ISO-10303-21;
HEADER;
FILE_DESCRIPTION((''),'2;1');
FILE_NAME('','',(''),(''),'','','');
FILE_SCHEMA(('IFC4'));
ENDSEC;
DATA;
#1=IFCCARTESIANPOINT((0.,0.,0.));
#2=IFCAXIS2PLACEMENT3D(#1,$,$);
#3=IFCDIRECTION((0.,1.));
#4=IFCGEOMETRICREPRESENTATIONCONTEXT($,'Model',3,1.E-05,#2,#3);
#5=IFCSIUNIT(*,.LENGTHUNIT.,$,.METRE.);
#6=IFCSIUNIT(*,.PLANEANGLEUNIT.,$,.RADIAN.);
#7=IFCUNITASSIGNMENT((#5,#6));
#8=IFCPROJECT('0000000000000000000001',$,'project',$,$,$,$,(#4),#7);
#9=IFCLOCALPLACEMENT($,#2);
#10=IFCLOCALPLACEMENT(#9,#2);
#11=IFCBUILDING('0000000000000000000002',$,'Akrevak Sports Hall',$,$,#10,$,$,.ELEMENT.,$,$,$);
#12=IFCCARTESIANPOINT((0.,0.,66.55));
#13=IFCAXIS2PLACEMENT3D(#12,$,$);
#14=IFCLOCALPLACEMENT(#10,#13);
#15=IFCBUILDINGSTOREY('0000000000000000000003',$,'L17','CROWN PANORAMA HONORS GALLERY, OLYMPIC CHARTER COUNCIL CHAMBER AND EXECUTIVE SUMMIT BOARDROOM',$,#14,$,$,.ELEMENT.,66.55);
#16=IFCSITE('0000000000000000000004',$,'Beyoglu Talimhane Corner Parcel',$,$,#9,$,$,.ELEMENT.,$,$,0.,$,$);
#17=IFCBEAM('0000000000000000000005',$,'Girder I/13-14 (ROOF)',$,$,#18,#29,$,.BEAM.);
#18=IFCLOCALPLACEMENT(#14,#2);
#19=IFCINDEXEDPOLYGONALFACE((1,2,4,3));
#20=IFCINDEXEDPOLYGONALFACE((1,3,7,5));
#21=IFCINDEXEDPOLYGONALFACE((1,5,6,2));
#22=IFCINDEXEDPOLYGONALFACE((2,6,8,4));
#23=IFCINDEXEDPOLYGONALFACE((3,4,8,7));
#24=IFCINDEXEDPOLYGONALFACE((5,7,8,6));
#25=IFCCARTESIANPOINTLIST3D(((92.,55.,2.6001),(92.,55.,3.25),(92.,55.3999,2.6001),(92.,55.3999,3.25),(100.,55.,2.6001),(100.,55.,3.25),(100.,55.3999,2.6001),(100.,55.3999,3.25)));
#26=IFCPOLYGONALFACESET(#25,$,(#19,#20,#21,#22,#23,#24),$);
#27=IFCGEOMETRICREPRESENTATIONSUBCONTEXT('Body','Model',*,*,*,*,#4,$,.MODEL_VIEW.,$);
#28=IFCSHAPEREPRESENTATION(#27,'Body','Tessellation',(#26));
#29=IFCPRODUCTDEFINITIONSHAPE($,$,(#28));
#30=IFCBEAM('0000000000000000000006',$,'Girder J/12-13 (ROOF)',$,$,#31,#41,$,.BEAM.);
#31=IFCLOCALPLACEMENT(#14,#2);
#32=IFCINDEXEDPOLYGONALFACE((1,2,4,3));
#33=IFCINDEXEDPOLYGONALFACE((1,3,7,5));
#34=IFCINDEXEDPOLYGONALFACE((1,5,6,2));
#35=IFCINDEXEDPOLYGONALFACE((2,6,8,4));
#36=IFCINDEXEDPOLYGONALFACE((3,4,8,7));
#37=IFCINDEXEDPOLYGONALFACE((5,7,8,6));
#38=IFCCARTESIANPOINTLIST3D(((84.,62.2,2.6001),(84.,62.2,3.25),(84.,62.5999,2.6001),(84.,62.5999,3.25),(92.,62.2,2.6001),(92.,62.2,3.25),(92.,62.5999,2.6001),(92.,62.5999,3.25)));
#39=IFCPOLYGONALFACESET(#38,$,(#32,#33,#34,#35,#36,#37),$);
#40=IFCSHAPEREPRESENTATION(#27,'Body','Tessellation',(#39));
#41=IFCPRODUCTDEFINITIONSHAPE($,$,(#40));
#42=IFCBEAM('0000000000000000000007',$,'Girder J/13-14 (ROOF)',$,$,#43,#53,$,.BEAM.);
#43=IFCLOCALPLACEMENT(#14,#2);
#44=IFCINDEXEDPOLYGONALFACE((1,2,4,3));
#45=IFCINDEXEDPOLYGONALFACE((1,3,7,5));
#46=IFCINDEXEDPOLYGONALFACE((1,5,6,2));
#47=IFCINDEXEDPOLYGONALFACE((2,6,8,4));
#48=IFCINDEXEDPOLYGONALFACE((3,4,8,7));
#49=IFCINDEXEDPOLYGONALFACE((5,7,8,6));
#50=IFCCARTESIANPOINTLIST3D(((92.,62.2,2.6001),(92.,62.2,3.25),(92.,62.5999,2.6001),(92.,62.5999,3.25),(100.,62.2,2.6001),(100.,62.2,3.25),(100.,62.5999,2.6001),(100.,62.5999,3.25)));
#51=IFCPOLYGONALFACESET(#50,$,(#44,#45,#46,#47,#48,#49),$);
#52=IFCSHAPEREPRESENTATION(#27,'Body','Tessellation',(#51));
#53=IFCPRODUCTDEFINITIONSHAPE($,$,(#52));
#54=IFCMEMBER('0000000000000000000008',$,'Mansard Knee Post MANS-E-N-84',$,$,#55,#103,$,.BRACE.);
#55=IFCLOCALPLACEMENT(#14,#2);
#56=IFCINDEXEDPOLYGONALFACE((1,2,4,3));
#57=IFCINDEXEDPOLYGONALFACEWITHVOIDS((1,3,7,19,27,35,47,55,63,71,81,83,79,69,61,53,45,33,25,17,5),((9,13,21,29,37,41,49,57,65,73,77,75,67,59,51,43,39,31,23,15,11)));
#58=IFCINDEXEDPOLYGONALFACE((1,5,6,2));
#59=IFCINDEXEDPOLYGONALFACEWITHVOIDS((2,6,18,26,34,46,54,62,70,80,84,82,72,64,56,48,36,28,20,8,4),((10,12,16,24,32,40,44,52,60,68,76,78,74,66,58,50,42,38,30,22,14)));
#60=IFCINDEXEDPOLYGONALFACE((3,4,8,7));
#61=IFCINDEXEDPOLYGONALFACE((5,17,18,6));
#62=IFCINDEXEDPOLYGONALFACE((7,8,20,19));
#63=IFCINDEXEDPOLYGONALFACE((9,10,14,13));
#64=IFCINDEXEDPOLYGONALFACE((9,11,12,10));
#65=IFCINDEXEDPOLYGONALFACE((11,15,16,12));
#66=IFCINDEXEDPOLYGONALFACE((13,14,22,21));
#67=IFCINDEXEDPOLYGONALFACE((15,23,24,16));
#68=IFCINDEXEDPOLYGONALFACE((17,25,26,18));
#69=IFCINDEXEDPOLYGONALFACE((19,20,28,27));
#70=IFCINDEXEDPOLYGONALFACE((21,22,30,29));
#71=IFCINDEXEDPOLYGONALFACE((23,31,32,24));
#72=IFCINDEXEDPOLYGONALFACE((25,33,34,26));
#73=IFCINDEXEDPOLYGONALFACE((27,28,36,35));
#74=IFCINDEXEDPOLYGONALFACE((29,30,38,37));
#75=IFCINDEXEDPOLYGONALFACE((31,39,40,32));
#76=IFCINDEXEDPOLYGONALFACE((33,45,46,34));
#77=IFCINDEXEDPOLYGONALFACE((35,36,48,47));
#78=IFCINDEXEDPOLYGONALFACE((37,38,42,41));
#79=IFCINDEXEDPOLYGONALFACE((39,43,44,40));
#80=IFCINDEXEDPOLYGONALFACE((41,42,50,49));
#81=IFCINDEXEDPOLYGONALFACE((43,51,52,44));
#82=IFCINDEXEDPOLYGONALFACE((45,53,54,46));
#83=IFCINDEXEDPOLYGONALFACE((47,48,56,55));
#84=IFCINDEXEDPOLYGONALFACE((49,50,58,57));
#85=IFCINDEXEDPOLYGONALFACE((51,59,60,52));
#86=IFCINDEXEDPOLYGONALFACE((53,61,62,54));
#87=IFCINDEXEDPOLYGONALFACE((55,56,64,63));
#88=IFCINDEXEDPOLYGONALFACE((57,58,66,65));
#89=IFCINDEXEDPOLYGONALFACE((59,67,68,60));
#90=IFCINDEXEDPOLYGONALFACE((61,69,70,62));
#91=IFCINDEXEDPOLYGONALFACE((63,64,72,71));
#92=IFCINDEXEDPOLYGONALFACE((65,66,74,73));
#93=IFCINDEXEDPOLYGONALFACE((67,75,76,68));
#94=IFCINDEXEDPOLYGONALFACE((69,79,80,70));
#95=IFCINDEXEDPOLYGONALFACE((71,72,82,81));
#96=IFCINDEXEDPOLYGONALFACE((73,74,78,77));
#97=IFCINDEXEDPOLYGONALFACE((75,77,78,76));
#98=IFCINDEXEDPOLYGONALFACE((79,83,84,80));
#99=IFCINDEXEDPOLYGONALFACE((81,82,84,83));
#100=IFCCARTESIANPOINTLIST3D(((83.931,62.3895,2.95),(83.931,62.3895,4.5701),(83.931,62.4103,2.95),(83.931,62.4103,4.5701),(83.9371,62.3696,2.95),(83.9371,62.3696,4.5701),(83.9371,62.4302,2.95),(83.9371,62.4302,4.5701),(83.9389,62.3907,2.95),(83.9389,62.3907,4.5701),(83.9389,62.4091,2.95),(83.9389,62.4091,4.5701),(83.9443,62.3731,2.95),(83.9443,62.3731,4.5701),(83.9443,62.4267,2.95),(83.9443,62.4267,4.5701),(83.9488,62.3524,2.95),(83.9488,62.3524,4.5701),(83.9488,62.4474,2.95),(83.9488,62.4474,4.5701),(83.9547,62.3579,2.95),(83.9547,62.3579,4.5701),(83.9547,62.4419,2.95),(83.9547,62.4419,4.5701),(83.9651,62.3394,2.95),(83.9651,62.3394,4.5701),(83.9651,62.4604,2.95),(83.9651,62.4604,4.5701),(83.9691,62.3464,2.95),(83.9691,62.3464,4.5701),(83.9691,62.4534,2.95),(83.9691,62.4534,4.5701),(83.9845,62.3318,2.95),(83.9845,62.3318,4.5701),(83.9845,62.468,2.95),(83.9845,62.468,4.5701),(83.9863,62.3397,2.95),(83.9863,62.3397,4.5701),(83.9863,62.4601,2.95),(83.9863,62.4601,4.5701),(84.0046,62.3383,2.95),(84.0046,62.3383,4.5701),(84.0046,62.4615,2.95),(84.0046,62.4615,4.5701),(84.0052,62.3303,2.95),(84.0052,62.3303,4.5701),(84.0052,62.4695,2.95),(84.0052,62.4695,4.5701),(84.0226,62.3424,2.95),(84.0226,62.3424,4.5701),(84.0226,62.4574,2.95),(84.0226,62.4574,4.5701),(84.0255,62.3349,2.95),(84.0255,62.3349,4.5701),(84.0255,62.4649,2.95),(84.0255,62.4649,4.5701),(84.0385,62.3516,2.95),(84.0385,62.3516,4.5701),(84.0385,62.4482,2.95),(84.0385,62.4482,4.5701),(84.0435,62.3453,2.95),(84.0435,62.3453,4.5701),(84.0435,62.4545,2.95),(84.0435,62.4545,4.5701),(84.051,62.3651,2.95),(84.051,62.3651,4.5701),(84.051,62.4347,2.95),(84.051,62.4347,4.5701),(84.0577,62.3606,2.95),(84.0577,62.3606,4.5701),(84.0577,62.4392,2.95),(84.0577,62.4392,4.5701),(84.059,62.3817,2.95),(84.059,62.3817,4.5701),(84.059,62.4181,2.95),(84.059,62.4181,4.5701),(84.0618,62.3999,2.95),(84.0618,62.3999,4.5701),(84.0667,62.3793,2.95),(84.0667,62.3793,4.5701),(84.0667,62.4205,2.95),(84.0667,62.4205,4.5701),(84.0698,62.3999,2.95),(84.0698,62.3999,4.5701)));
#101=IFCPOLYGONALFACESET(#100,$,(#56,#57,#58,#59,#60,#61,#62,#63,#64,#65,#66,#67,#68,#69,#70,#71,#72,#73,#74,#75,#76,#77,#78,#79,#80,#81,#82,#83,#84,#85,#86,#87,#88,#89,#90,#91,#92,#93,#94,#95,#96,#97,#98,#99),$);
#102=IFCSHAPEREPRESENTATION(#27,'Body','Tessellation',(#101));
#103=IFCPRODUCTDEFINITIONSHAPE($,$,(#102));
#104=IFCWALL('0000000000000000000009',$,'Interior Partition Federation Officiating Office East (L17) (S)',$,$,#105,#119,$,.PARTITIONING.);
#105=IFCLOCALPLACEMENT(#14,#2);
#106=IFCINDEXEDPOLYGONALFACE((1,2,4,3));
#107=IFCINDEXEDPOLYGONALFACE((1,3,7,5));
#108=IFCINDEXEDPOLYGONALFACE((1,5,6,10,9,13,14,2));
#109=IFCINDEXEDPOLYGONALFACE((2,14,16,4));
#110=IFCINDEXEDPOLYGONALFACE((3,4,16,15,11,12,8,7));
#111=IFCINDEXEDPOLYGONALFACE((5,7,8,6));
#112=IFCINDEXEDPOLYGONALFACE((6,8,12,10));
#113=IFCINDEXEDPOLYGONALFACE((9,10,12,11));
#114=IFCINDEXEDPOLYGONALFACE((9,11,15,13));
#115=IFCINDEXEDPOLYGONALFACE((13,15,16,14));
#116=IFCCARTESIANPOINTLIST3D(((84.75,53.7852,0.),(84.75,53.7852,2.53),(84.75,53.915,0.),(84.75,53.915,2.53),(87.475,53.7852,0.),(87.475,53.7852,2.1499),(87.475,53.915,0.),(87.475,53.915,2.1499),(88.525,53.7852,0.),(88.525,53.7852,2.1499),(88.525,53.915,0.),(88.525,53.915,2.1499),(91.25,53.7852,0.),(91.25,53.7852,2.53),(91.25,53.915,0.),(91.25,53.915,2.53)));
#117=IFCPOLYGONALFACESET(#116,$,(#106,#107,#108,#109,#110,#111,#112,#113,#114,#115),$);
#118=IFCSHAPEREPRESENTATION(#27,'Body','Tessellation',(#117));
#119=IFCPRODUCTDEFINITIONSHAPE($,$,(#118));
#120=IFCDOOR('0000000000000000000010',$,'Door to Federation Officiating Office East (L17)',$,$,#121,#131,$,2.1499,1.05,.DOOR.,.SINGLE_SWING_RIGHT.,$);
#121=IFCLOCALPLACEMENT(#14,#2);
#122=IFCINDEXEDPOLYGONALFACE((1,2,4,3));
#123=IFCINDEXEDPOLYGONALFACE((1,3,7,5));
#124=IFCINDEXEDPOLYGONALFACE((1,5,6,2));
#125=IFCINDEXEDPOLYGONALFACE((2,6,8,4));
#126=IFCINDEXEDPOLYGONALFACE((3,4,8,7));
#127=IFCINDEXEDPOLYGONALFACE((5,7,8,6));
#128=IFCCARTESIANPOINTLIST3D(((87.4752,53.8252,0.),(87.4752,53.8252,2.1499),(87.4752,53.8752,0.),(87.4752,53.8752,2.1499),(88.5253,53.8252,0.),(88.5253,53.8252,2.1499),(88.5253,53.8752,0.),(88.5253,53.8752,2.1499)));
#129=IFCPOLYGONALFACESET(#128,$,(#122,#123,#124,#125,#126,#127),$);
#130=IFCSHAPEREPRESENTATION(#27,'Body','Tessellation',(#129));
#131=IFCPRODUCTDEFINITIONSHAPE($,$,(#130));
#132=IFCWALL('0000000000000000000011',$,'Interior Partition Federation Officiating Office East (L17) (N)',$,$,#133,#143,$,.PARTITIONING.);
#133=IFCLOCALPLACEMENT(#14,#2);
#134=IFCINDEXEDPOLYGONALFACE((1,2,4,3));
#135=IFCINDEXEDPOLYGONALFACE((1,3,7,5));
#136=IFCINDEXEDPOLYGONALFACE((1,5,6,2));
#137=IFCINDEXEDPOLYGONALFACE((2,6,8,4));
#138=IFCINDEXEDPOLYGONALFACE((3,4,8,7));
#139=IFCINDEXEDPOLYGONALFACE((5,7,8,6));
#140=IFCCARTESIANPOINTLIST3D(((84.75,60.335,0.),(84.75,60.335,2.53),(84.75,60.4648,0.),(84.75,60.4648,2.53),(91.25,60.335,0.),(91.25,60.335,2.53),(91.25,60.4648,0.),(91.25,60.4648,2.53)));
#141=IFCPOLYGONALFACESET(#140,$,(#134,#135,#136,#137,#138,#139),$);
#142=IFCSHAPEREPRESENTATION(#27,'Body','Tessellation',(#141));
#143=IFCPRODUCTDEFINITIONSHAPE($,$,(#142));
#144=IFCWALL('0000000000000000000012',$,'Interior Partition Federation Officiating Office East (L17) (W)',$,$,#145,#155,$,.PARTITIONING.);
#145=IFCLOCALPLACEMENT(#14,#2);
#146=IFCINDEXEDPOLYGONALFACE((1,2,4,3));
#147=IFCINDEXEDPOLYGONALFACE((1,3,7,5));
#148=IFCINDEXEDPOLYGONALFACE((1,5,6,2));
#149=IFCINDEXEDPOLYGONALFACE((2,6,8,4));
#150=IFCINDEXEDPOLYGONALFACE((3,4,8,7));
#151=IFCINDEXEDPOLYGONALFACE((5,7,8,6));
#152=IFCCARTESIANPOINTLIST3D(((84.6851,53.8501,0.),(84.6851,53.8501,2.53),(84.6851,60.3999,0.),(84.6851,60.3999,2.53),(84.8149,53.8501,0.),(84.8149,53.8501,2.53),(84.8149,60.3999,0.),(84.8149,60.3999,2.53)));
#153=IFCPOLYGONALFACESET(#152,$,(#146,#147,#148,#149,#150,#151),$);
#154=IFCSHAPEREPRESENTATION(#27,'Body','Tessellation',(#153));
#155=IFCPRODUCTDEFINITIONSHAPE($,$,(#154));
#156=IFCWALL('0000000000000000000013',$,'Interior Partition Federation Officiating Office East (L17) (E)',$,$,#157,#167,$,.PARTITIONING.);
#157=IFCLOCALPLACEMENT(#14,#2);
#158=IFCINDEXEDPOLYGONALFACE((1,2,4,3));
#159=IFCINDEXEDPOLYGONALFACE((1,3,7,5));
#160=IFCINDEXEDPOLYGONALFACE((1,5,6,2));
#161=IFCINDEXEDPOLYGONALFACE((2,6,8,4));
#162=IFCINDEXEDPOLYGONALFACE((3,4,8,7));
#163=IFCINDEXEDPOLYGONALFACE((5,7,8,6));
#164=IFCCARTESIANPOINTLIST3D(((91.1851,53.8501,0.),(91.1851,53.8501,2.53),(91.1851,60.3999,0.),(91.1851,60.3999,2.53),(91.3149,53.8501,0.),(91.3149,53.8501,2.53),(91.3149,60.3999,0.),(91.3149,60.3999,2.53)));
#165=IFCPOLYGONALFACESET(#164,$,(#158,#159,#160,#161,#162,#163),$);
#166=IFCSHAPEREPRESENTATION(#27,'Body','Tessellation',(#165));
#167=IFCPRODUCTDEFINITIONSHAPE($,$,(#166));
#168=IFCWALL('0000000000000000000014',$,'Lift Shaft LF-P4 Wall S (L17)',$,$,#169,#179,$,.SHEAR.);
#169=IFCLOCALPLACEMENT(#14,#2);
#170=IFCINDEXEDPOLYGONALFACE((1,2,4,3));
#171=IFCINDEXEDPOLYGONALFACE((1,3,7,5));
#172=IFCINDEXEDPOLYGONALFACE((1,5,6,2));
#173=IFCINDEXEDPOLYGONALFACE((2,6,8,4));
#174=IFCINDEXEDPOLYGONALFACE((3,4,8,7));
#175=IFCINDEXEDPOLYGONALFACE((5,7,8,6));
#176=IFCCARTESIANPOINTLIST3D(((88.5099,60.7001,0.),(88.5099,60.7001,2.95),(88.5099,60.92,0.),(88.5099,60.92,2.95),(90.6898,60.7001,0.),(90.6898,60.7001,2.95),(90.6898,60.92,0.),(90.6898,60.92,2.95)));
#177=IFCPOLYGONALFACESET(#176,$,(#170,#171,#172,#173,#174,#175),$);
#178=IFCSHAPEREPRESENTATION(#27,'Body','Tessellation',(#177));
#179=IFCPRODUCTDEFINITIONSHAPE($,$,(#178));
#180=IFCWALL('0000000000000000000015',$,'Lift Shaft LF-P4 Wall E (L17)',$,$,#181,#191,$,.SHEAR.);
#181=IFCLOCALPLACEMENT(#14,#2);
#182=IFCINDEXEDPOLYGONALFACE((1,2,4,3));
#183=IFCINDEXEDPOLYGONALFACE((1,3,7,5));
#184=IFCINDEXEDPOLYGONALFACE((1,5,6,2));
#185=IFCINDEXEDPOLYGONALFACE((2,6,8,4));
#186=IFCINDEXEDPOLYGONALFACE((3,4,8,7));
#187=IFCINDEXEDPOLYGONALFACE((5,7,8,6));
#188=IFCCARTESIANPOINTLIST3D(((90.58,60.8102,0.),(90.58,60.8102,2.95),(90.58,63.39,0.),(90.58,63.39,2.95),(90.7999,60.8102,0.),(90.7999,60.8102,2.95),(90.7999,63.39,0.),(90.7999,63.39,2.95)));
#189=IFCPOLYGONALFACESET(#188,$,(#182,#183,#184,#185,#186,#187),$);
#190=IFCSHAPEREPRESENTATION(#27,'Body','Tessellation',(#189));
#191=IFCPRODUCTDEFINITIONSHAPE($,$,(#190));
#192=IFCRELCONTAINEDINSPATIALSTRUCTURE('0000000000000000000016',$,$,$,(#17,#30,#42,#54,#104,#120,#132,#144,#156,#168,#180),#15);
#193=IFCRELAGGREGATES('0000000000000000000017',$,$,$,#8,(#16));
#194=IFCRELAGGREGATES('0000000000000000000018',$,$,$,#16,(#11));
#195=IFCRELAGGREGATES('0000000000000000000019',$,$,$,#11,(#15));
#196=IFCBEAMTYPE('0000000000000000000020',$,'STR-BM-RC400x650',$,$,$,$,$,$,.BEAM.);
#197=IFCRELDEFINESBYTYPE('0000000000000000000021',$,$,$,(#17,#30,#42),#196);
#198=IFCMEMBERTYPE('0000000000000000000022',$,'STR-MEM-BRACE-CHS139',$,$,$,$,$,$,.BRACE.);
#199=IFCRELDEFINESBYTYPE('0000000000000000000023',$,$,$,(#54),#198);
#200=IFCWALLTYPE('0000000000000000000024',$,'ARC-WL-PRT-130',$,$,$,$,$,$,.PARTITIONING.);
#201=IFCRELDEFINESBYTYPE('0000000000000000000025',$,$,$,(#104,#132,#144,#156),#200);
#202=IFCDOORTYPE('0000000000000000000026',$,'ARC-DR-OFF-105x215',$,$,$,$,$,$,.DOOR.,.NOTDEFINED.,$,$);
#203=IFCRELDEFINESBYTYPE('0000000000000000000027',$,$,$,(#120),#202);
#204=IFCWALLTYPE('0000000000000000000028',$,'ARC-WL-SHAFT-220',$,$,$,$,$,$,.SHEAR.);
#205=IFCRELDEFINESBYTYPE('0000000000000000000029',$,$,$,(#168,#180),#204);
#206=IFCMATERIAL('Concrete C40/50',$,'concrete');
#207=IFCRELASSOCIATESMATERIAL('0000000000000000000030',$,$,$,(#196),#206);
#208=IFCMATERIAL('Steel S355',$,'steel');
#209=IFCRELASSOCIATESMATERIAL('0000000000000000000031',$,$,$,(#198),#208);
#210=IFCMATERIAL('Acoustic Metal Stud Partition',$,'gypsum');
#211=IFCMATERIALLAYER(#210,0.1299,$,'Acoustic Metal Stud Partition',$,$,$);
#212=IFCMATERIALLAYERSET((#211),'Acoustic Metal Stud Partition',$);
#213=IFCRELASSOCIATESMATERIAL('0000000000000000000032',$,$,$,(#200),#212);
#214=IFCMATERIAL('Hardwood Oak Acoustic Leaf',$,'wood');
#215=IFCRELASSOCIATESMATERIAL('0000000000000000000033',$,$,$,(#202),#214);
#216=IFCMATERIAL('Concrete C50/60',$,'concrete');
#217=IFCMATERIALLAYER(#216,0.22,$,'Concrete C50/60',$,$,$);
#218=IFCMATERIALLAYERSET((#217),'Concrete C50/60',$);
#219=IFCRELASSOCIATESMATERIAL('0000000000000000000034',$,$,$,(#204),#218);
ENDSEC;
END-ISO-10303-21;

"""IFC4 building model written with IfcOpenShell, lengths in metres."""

from ifc_helpers import new_model, si_unit, direction, frame, frame_2d, origin, origin_2d, place, context, subcontext, project, spatial, rectangle, hollow_circle, extrude, material, layer, layer_set, material_profile, profile_set, type_object, element, fill, save


model = new_model("IFC4")

# Units and contexts
model_context = context("Model", 3, precision=1e-05, world=origin(), true_north=direction((0.0, 1.0)))
body_context = subcontext(model_context, "Body", "Model", "MODEL_VIEW")
ifc_project = project(units=[si_unit("LENGTHUNIT", "METRE"), si_unit("PLANEANGLEUNIT", "RADIAN")], contexts=[model_context])

# Site, building, storey
site_placement = place(None, origin())
site = spatial("IfcSite", under=ifc_project, at=site_placement, Name="Beyoglu Talimhane Corner Parcel", CompositionType="ELEMENT", RefElevation=0.0)
building_placement = place(site_placement, origin())
building = spatial("IfcBuilding", under=site, at=building_placement, Name="Akrevak Sports Hall", CompositionType="ELEMENT")
storey_placement = place(building_placement, frame((0.0, 0.0, 66.55)))
storey = spatial("IfcBuildingStorey", under=building, at=storey_placement, Name="L17", Description="CROWN PANORAMA HONORS GALLERY, OLYMPIC CHARTER COUNCIL CHAMBER AND EXECUTIVE SUMMIT BOARDROOM", CompositionType="ELEMENT", Elevation=66.55)

# Shared definitions
ifc_material_1 = material(Name="Concrete C40/50", Category="concrete")

# Beams
ifc_material_profile_1 = material_profile(ifc_material_1, rectangle(XDim=0.3999, YDim=0.6499, at=origin_2d()), Name="BM 400x650", Category="concrete")
ifc_profile_set_1 = profile_set([ifc_material_profile_1], Name="Concrete C40/50")
beam_type_1 = type_object("IfcBeamType", Name="STR-BM-RC400x650", PredefinedType="BEAM", material=ifc_profile_set_1)
for number, where, z_axis, x_axis, name in (
    (1, (92.0, 55.2, 2.925), (1.0, 0.0, 0.0), (0.0, 1.0, 0.0), "Girder I/13-14 (ROOF)"),
    (2, (84.0, 62.3999, 2.925), (1.0, 0.0, 0.0), (0.0, 1.0, 0.0), "Girder J/12-13 (ROOF)"),
    (3, (92.0, 62.3999, 2.925), (1.0, 0.0, 0.0), (0.0, 1.0, 0.0), "Girder J/13-14 (ROOF)"),
):
    element("IfcBeam", number, at=place(storey_placement, frame(where, z_axis=z_axis, x_axis=x_axis)), inside=storey, type_object=beam_type_1, Name=name, PredefinedType="BEAM", context=body_context, shape_type="SweptSolid", body=[
        extrude(rectangle(XDim=0.3999, YDim=0.6499, at=origin_2d()), origin(), (0.0, 0.0, 1.0), 8.0),
    ])

# Member
ifc_material_2 = material(Name="Steel S355", Category="steel")
ifc_material_profile_2 = material_profile(ifc_material_2, hollow_circle(Radius=0.0698, WallThickness=0.0081, at=origin_2d()), Name="CHS 139.7x8", Category="steel")
ifc_profile_set_2 = profile_set([ifc_material_profile_2], Name="Steel S355")
member_type = type_object("IfcMemberType", Name="STR-MEM-BRACE-CHS139", PredefinedType="BRACE", material=ifc_profile_set_2)
member_placement = place(storey_placement, frame((84.0, 62.3999, 2.95), z_axis=(0.0, 0.0, 1.0), x_axis=(1.0, 0.0, 0.0)))
element("IfcMember", 4, at=member_placement, inside=storey, type_object=member_type, Name="Mansard Knee Post MANS-E-N-84", PredefinedType="BRACE", context=body_context, shape_type="SweptSolid", body=[
    extrude(hollow_circle(Radius=0.0698, WallThickness=0.0081, at=origin_2d()), origin(), (0.0, 0.0, 1.0), 1.6201),
])

# Wall, opening, door
ifc_material_3 = material(Name="Acoustic Metal Stud Partition", Category="gypsum")
ifc_layer_1 = layer(ifc_material_3, 0.1299, Name="Acoustic Metal Stud Partition")
ifc_layer_set_1 = layer_set([ifc_layer_1], Name="Acoustic Metal Stud Partition")
wall_type_1 = type_object("IfcWallType", Name="ARC-WL-PRT-130", PredefinedType="PARTITIONING", material=ifc_layer_set_1)
wall_1_placement = place(storey_placement, frame((84.75, 53.8501, 0.0), z_axis=(0.0, 0.0, 1.0), x_axis=(1.0, 0.0, 0.0)))
wall_1 = element("IfcWall", 5, at=wall_1_placement, inside=storey, type_object=wall_type_1, Name="Interior Partition Federation Officiating Office East (L17) (S)", PredefinedType="PARTITIONING", context=body_context, shape_type="SweptSolid", body=[
    extrude(rectangle(XDim=6.5, YDim=0.1299, at=frame_2d((3.25, 0.0))), origin(), (0.0, 0.0, 1.0), 2.53),
])
opening_1_placement = place(wall_1_placement, frame((2.7251, 0.0, 0.0)))
opening_1 = element("IfcOpeningElement", 6, at=opening_1_placement, cuts=wall_1, PredefinedType="OPENING", context=body_context, shape_type="SweptSolid", body=[
    extrude(rectangle(XDim=1.05, YDim=2.1499, at=frame_2d((0.5249, 1.075))), frame((0.0, 0.0769, 0.0), z_axis=(0.0, -1.0, 0.0), x_axis=(1.0, 0.0, 0.0)), (0.0, 0.0, 1.0), 0.1538),
])
ifc_material_4 = material(Name="Hardwood Oak Acoustic Leaf", Category="wood")
door_type_1 = type_object("IfcDoorType", Name="ARC-DR-OFF-105x215", OperationType="NOTDEFINED", PredefinedType="DOOR", material=ifc_material_4)
door_1_placement = place(opening_1_placement, frame((1.05, 0.0, 0.0), z_axis=(0.0, 0.0, 1.0), x_axis=(-1.0, 0.0, 0.0)))
door_1 = element("IfcDoor", 7, at=door_1_placement, inside=storey, type_object=door_type_1, Name="Door to Federation Officiating Office East (L17)", OperationType="SINGLE_SWING_RIGHT", OverallHeight=2.1499, OverallWidth=1.05, PredefinedType="DOOR", context=body_context, shape_type="SweptSolid", body=[
    extrude(rectangle(XDim=1.05, YDim=2.1499, at=frame_2d((0.5249, 1.075))), frame((0.0, 0.0249, 0.0), z_axis=(0.0, -1.0, 0.0), x_axis=(1.0, 0.0, 0.0)), (0.0, 0.0, 1.0), 0.05),
])
fill(opening_1, door_1)

# Walls
wall_2_placement = place(storey_placement, frame((84.75, 60.3999, 0.0), z_axis=(0.0, 0.0, 1.0), x_axis=(1.0, 0.0, 0.0)))
element("IfcWall", 8, at=wall_2_placement, inside=storey, type_object=wall_type_1, Name="Interior Partition Federation Officiating Office East (L17) (N)", PredefinedType="PARTITIONING", context=body_context, shape_type="SweptSolid", body=[
    extrude(rectangle(XDim=6.5, YDim=0.1299, at=frame_2d((3.25, 0.0))), origin(), (0.0, 0.0, 1.0), 2.53),
])
for number, where, z_axis, x_axis, name in (
    (9, (84.75, 53.8501, 0.0), (0.0, 0.0, 1.0), (0.0, 1.0, 0.0), "Interior Partition Federation Officiating Office East (L17) (W)"),
    (10, (91.25, 53.8501, 0.0), (0.0, 0.0, 1.0), (0.0, 1.0, 0.0), "Interior Partition Federation Officiating Office East (L17) (E)"),
):
    element("IfcWall", number, at=place(storey_placement, frame(where, z_axis=z_axis, x_axis=x_axis)), inside=storey, type_object=wall_type_1, Name=name, PredefinedType="PARTITIONING", context=body_context, shape_type="SweptSolid", body=[
        extrude(rectangle(XDim=6.5498, YDim=0.1299, at=frame_2d((3.2749, 0.0))), origin(), (0.0, 0.0, 1.0), 2.53),
    ])
ifc_material_5 = material(Name="Concrete C50/60", Category="concrete")
ifc_layer_2 = layer(ifc_material_5, 0.22, Name="Concrete C50/60")
ifc_layer_set_2 = layer_set([ifc_layer_2], Name="Concrete C50/60")
wall_type_2 = type_object("IfcWallType", Name="ARC-WL-SHAFT-220", PredefinedType="SHEAR", material=ifc_layer_set_2)
wall_3_placement = place(storey_placement, frame((88.51, 60.8101, 0.0), z_axis=(0.0, 0.0, 1.0), x_axis=(1.0, 0.0, 0.0)))
element("IfcWall", 11, at=wall_3_placement, inside=storey, type_object=wall_type_2, Name="Lift Shaft LF-P4 Wall S (L17)", PredefinedType="SHEAR", context=body_context, shape_type="SweptSolid", body=[
    extrude(rectangle(XDim=2.1799, YDim=0.22, at=frame_2d((1.0898, 0.0))), origin(), (0.0, 0.0, 1.0), 2.95),
])
wall_4_placement = place(storey_placement, frame((90.6899, 60.8101, 0.0), z_axis=(0.0, 0.0, 1.0), x_axis=(0.0, 1.0, 0.0)))
element("IfcWall", 12, at=wall_4_placement, inside=storey, type_object=wall_type_2, Name="Lift Shaft LF-P4 Wall E (L17)", PredefinedType="SHEAR", context=body_context, shape_type="SweptSolid", body=[
    extrude(rectangle(XDim=2.5798, YDim=0.22, at=frame_2d((1.29, 0.0))), origin(), (0.0, 0.0, 1.0), 2.95),
])

save(model, "model.ifc")
